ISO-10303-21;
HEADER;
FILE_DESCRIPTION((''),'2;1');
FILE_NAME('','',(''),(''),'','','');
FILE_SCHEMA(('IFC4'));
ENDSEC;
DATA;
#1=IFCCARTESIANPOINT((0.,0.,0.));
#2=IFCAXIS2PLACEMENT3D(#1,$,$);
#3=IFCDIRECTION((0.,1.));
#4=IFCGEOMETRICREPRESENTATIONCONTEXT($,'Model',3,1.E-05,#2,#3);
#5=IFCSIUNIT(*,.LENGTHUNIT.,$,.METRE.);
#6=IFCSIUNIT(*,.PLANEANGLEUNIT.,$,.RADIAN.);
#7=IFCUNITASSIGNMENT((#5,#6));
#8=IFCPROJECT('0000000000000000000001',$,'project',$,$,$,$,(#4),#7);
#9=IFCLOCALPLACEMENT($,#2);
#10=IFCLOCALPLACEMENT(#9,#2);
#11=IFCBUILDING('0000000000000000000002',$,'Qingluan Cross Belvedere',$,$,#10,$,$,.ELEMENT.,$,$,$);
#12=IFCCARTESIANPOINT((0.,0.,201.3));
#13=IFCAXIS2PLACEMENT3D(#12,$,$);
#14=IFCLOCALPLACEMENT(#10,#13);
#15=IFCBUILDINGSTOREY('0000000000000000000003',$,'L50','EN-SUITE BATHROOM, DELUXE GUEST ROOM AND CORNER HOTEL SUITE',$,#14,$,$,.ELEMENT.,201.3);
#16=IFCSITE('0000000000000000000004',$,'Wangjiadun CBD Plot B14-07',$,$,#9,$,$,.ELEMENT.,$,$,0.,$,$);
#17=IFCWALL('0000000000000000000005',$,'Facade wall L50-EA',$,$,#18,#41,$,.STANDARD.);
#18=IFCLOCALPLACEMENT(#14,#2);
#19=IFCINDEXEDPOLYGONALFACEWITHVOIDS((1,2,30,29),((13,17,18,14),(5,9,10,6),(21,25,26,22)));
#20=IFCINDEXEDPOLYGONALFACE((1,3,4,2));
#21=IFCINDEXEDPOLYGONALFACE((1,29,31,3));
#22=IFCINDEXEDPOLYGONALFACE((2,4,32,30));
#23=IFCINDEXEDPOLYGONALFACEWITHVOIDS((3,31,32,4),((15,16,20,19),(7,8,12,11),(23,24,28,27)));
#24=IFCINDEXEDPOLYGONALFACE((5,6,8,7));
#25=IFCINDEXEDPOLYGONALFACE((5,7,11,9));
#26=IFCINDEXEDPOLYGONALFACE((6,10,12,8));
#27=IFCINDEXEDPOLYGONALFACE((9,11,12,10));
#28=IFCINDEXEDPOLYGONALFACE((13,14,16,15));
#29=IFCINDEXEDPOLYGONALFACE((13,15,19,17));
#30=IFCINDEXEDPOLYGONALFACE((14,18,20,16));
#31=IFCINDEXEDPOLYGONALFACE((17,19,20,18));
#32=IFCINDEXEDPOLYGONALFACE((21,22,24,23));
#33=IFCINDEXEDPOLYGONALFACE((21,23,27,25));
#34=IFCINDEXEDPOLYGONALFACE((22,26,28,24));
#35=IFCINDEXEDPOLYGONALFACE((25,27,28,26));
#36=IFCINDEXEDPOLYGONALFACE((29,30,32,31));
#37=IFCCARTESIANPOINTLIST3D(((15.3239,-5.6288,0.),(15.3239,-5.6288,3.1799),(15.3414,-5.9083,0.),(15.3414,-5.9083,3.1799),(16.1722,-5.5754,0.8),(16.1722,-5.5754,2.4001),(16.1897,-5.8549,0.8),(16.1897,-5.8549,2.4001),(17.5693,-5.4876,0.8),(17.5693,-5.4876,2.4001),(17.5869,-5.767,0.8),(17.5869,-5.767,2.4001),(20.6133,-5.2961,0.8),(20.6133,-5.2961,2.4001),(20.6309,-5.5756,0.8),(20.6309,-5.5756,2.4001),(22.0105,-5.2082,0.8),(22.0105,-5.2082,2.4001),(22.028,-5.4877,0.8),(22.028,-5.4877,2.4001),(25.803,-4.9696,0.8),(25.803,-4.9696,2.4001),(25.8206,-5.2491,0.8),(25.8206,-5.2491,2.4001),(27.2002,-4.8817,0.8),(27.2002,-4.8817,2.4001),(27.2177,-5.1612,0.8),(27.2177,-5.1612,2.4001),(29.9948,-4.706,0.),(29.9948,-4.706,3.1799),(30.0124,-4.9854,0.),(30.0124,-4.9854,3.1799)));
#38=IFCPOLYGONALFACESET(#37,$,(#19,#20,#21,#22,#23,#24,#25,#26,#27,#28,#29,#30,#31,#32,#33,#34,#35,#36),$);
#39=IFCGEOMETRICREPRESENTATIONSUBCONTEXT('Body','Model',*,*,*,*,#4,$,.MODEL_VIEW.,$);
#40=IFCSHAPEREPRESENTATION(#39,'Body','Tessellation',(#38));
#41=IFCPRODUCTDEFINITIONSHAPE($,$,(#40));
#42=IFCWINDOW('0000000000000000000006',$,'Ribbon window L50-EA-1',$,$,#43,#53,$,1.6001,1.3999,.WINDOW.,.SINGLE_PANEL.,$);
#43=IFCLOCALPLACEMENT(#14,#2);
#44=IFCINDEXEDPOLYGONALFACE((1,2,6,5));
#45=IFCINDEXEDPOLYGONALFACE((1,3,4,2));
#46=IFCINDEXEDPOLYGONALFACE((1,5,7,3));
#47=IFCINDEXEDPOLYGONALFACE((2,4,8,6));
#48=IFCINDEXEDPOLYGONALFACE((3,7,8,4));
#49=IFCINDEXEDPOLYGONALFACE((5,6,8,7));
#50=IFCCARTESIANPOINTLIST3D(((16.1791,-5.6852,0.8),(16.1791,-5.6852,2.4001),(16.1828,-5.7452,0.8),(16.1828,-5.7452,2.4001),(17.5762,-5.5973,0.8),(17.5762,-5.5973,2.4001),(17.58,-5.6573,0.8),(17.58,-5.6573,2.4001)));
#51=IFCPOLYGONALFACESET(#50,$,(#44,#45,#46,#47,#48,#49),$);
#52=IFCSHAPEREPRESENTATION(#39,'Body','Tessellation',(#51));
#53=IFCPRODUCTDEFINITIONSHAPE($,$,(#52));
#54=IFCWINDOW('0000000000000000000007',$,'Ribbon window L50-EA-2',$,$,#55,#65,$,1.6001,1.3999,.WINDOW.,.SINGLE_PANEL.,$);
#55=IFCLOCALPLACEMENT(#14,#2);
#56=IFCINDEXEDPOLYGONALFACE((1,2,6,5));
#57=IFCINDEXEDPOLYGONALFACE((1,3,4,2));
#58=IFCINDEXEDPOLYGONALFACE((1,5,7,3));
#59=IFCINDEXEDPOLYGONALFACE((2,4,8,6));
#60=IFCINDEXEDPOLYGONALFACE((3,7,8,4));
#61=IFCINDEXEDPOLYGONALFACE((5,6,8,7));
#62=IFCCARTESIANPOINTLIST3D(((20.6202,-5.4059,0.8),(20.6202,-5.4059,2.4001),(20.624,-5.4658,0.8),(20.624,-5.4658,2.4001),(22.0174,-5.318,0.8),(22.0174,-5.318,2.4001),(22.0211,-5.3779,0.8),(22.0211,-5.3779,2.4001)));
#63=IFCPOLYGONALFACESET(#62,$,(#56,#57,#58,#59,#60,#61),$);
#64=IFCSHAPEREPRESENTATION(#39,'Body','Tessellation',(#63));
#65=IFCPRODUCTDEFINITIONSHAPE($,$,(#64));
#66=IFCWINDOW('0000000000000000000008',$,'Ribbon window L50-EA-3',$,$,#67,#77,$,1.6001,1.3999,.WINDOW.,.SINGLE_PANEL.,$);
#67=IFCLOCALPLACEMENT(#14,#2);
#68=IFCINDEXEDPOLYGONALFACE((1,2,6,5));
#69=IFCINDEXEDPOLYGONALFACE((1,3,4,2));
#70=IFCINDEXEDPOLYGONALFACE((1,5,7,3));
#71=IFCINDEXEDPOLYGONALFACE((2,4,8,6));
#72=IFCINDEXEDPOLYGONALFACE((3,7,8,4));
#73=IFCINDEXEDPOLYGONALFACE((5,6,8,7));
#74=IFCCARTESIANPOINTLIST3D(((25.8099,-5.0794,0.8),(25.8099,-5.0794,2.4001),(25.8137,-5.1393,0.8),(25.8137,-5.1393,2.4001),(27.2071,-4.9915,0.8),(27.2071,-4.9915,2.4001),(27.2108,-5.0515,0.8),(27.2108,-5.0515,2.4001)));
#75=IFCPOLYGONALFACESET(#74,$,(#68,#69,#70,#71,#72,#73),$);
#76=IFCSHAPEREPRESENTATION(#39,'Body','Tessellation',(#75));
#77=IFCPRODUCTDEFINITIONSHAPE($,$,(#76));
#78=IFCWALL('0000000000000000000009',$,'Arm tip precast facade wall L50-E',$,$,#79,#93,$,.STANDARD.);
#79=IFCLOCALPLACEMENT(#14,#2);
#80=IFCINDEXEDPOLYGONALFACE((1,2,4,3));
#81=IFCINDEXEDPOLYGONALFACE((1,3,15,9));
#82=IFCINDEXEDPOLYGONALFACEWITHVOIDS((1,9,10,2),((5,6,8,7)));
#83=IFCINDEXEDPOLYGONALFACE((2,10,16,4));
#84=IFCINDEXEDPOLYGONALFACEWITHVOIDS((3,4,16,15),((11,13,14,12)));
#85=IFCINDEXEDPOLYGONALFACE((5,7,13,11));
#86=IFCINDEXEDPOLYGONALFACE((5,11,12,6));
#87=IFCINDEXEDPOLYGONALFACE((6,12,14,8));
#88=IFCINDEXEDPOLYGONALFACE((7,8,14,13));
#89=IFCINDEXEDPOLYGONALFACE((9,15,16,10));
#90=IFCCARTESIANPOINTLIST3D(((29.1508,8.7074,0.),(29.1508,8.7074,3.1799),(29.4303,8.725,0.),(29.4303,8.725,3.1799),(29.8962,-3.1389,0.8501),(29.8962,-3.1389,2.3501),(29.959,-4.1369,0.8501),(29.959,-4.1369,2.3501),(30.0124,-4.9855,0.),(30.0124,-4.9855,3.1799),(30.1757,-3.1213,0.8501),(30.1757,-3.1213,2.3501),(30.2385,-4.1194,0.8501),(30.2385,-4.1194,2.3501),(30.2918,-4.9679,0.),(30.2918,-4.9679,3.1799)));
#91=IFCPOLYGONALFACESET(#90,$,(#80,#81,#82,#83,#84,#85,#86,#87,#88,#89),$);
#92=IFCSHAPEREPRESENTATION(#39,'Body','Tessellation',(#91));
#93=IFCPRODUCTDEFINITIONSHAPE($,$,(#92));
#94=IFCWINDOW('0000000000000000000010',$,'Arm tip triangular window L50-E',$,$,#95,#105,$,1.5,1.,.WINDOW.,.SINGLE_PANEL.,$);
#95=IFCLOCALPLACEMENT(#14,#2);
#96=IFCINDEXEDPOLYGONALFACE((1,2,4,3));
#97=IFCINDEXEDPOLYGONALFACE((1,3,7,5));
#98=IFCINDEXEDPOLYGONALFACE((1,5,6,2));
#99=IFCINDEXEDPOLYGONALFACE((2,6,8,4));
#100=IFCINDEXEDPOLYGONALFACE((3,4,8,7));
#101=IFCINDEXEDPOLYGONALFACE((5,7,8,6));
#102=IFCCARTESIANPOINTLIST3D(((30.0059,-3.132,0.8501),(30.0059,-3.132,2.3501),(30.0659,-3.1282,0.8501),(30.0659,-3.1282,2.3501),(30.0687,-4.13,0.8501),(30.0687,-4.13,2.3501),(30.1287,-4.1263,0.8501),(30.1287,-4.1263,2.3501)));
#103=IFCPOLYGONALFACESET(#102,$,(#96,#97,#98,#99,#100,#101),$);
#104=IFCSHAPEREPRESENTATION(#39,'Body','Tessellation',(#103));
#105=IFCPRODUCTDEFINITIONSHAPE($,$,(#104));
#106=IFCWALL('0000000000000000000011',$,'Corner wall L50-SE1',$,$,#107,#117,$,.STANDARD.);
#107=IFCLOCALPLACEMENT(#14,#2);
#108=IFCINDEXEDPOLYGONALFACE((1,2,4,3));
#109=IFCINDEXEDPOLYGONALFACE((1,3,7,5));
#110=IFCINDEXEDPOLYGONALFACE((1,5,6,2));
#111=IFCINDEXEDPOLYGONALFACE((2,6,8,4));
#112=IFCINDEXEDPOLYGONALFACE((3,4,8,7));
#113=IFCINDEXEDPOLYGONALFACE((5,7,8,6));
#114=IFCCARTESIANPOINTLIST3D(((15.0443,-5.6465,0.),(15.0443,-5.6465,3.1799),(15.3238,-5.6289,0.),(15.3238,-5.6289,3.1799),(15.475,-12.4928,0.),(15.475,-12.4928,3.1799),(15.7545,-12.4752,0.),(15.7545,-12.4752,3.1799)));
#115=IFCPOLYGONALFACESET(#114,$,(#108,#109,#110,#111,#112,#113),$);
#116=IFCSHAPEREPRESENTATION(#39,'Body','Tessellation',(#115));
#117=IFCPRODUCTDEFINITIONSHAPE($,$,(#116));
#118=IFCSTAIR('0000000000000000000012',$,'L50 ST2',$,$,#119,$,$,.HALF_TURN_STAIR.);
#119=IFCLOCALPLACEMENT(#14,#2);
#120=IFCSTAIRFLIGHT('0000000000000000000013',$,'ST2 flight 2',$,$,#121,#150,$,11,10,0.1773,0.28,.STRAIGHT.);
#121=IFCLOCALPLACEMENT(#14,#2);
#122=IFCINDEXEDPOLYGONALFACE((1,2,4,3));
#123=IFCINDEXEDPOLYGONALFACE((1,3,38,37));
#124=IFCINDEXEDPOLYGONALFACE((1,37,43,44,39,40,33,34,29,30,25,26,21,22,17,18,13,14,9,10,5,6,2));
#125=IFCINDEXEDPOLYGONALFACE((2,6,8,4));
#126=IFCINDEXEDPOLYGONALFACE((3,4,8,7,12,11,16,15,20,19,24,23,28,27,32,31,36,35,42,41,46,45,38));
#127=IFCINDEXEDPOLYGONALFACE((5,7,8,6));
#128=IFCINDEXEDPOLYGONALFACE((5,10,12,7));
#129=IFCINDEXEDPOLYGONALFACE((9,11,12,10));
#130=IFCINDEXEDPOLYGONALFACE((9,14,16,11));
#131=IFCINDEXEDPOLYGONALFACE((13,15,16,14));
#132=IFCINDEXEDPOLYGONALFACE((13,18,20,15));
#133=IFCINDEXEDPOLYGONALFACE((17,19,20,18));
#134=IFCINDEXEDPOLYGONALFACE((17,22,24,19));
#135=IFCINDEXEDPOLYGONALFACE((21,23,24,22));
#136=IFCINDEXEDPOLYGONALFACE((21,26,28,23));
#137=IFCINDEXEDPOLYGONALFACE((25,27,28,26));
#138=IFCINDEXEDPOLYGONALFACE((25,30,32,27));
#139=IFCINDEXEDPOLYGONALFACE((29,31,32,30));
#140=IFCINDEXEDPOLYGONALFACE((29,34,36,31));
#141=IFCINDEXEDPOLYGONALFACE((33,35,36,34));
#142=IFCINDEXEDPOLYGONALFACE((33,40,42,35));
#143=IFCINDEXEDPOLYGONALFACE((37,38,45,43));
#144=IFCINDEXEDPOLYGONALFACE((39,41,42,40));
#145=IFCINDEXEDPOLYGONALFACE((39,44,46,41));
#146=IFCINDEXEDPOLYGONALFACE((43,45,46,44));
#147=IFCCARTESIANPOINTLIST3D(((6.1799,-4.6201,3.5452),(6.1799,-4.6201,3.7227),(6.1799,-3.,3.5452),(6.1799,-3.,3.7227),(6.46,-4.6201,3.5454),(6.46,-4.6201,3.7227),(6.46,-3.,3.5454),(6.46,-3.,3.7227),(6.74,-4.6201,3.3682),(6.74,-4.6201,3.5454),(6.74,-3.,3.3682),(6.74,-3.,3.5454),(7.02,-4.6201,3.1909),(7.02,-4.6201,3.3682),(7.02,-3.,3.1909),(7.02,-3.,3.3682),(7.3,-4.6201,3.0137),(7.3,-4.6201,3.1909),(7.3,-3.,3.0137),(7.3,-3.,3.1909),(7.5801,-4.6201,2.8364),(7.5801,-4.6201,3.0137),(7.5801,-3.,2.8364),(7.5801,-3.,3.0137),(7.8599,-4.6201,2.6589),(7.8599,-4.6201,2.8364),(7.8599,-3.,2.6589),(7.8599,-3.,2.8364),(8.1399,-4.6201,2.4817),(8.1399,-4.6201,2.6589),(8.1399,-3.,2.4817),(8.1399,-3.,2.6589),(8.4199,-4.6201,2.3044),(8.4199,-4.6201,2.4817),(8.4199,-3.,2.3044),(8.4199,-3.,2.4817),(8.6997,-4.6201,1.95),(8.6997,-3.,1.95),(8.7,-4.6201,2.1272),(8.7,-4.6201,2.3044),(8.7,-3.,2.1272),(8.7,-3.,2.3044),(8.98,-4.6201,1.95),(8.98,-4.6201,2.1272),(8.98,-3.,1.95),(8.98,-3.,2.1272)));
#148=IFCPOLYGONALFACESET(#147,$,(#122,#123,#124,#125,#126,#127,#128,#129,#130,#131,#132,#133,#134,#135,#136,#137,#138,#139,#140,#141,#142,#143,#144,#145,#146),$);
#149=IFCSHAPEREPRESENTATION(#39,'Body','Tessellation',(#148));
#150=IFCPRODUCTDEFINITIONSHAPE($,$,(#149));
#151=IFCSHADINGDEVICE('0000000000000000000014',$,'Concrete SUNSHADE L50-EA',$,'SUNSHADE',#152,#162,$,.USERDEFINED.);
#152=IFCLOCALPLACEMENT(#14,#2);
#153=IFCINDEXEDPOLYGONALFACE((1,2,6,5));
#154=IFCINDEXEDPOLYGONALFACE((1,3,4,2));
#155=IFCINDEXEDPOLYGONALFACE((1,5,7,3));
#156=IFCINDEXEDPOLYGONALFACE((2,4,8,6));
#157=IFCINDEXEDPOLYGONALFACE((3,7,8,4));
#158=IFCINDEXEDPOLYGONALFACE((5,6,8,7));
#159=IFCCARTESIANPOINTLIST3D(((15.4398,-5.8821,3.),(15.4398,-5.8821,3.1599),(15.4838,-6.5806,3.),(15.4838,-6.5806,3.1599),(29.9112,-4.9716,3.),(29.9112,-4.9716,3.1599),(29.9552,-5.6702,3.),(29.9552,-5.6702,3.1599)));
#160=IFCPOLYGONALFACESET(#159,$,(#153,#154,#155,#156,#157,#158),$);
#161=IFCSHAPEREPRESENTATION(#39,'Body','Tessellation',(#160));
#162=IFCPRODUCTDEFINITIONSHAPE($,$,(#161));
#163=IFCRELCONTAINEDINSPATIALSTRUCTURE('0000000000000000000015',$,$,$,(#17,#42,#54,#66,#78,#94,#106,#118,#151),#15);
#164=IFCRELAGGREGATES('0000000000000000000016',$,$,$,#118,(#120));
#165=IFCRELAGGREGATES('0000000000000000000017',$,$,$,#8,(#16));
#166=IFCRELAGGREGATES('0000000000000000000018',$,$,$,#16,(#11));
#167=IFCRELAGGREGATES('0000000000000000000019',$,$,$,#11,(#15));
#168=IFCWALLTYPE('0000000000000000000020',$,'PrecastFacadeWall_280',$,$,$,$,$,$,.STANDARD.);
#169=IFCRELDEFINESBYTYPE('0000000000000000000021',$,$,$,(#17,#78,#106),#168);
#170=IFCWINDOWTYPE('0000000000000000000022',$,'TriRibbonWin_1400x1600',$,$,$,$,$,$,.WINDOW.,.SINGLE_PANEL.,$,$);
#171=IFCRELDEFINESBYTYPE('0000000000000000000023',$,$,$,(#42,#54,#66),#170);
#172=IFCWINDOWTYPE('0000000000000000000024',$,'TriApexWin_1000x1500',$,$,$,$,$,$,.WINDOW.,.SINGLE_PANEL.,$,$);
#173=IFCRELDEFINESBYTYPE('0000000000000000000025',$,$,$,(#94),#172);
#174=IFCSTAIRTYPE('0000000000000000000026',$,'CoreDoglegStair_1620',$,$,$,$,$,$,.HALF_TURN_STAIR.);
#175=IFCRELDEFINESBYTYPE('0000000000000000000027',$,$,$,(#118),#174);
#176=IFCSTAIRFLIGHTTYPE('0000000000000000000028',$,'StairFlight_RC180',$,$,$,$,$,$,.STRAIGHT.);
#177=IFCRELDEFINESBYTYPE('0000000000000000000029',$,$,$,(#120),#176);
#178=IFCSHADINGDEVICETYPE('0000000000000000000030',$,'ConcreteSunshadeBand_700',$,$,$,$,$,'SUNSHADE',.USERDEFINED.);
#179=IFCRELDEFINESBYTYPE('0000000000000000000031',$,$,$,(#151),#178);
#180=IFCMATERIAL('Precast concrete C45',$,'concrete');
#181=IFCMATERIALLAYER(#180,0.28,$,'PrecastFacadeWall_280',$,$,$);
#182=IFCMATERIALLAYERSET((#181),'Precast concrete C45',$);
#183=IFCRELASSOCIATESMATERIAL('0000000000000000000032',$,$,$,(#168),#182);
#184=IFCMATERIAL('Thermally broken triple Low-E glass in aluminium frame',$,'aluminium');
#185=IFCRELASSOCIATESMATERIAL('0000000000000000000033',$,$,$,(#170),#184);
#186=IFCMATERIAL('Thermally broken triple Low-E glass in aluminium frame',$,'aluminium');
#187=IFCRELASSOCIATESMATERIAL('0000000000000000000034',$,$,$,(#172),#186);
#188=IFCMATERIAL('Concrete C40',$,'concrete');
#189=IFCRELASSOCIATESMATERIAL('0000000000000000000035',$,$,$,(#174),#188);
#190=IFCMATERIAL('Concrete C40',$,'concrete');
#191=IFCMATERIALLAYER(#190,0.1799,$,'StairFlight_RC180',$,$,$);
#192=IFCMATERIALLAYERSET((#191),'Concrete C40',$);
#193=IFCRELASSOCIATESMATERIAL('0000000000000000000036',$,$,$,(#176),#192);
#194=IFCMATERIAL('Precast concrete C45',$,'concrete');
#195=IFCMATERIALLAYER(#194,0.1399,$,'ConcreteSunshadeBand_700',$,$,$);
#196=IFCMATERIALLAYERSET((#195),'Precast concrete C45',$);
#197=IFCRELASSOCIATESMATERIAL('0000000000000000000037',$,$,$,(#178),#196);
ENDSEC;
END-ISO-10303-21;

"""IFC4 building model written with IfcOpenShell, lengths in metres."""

from ifc_helpers import new_model, si_unit, direction, frame, frame_2d, origin, origin_2d, place, context, subcontext, project, spatial, polyline, rectangle, outline, extrude, material, layer, layer_set, type_object, element, fill, aggregate, save


model = new_model("IFC4")

# Units and contexts
model_context = context("Model", 3, precision=1e-05, world=origin(), true_north=direction((0.0, 1.0)))
body_context = subcontext(model_context, "Body", "Model", "MODEL_VIEW")
ifc_project = project(units=[si_unit("LENGTHUNIT", "METRE"), si_unit("PLANEANGLEUNIT", "RADIAN")], contexts=[model_context])

# Site, building, storey
site_placement = place(None, origin())
site = spatial("IfcSite", under=ifc_project, at=site_placement, Name="Wangjiadun CBD Plot B14-07", CompositionType="ELEMENT", RefElevation=0.0)
building_placement = place(site_placement, origin())
building = spatial("IfcBuilding", under=site, at=building_placement, Name="Qingluan Cross Belvedere", CompositionType="ELEMENT")
storey_placement = place(building_placement, frame((0.0, 0.0, 201.3)))
storey = spatial("IfcBuildingStorey", under=building, at=storey_placement, Name="L50", Description="EN-SUITE BATHROOM, DELUXE GUEST ROOM AND CORNER HOTEL SUITE", CompositionType="ELEMENT", Elevation=201.3)

# Wall, openings, windows
ifc_material_1 = material(Name="Precast concrete C45", Category="concrete")
ifc_layer_1 = layer(ifc_material_1, 0.28, Name="PrecastFacadeWall_280")
ifc_layer_set_1 = layer_set([ifc_layer_1], Name="Precast concrete C45")
wall_type_1 = type_object("IfcWallType", Name="PrecastFacadeWall_280", PredefinedType="STANDARD", material=ifc_layer_set_1)
wall_1_placement = place(storey_placement, frame((15.3325, -5.7686, 0.0), z_axis=(0.0, 0.0, 1.0), x_axis=(0.998027, 0.062779, 0.0)))
wall_1 = element("IfcWall", 1, at=wall_1_placement, inside=storey, type_object=wall_type_1, Name="Facade wall L50-EA", PredefinedType="STANDARD", context=body_context, shape_type="SweptSolid", body=[
    extrude(rectangle(XDim=14.7, YDim=0.28, at=frame_2d((7.3501, 0.0))), origin(), (0.0, 0.0, 1.0), 3.1799),
])
opening_1_placement = place(wall_1_placement, frame((0.8501, 0.0, 0.8)))
opening_1 = element("IfcOpeningElement", 2, at=opening_1_placement, cuts=wall_1, PredefinedType="OPENING", context=body_context, shape_type="SweptSolid", body=[
    extrude(rectangle(XDim=1.3999, YDim=1.6001, at=frame_2d((0.7, 0.8))), frame((0.0, 0.1499, 0.0), z_axis=(0.0, -1.0, 0.0), x_axis=(1.0, 0.0, 0.0)), (0.0, 0.0, 1.0), 0.3),
])
opening_2_placement = place(wall_1_placement, frame((5.3, 0.0, 0.8)))
opening_2 = element("IfcOpeningElement", 3, at=opening_2_placement, cuts=wall_1, PredefinedType="OPENING", context=body_context, shape_type="SweptSolid", body=[
    extrude(rectangle(XDim=1.3999, YDim=1.6001, at=frame_2d((0.7, 0.8))), frame((0.0, 0.1499, 0.0), z_axis=(0.0, -1.0, 0.0), x_axis=(1.0, 0.0, 0.0)), (0.0, 0.0, 1.0), 0.3),
])
opening_3_placement = place(wall_1_placement, frame((10.5, 0.0, 0.8)))
opening_3 = element("IfcOpeningElement", 4, at=opening_3_placement, cuts=wall_1, PredefinedType="OPENING", context=body_context, shape_type="SweptSolid", body=[
    extrude(rectangle(XDim=1.3999, YDim=1.6001, at=frame_2d((0.7, 0.8))), frame((0.0, 0.1499, 0.0), z_axis=(0.0, -1.0, 0.0), x_axis=(1.0, 0.0, 0.0)), (0.0, 0.0, 1.0), 0.3),
])
ifc_material_2 = material(Name="Thermally broken triple Low-E glass in aluminium frame", Category="aluminium")
window_type_1 = type_object("IfcWindowType", Name="TriRibbonWin_1400x1600", PartitioningType="SINGLE_PANEL", PredefinedType="WINDOW", material=ifc_material_2)
window_1_placement = place(opening_1_placement, origin())
window_1 = element("IfcWindow", 5, at=window_1_placement, inside=storey, type_object=window_type_1, Name="Ribbon window L50-EA-1", OverallHeight=1.6001, OverallWidth=1.3999, PartitioningType="SINGLE_PANEL", PredefinedType="WINDOW", context=body_context, shape_type="SweptSolid", body=[
    extrude(rectangle(XDim=1.3999, YDim=1.6001, at=frame_2d((0.7, 0.8))), frame((0.0, 0.03, 0.0), z_axis=(0.0, -1.0, 0.0), x_axis=(1.0, 0.0, 0.0)), (0.0, 0.0, 1.0), 0.0601),
])
fill(opening_1, window_1)
window_2_placement = place(opening_2_placement, origin())
window_2 = element("IfcWindow", 6, at=window_2_placement, inside=storey, type_object=window_type_1, Name="Ribbon window L50-EA-2", OverallHeight=1.6001, OverallWidth=1.3999, PartitioningType="SINGLE_PANEL", PredefinedType="WINDOW", context=body_context, shape_type="SweptSolid", body=[
    extrude(rectangle(XDim=1.3999, YDim=1.6001, at=frame_2d((0.7, 0.8))), frame((0.0, 0.03, 0.0), z_axis=(0.0, -1.0, 0.0), x_axis=(1.0, 0.0, 0.0)), (0.0, 0.0, 1.0), 0.0601),
])
fill(opening_2, window_2)
window_3_placement = place(opening_3_placement, origin())
window_3 = element("IfcWindow", 7, at=window_3_placement, inside=storey, type_object=window_type_1, Name="Ribbon window L50-EA-3", OverallHeight=1.6001, OverallWidth=1.3999, PartitioningType="SINGLE_PANEL", PredefinedType="WINDOW", context=body_context, shape_type="SweptSolid", body=[
    extrude(rectangle(XDim=1.3999, YDim=1.6001, at=frame_2d((0.7, 0.8))), frame((0.0, 0.03, 0.0), z_axis=(0.0, -1.0, 0.0), x_axis=(1.0, 0.0, 0.0)), (0.0, 0.0, 1.0), 0.0601),
])
fill(opening_3, window_3)

# Wall, opening, window
wall_2_placement = place(storey_placement, frame((30.1521, -4.9766, 0.0), z_axis=(0.0, 0.0, 1.0), x_axis=(-0.062797, 0.998026, 0.0)))
wall_2 = element("IfcWall", 8, at=wall_2_placement, inside=storey, type_object=wall_type_1, Name="Arm tip precast facade wall L50-E", PredefinedType="STANDARD", context=body_context, shape_type="SweptSolid", body=[
    extrude(rectangle(XDim=13.72, YDim=0.28, at=frame_2d((6.8599, 0.0))), origin(), (0.0, 0.0, 1.0), 3.1799),
])
opening_4_placement = place(wall_2_placement, frame((0.8501, 0.0, 0.8501)))
opening_4 = element("IfcOpeningElement", 9, at=opening_4_placement, cuts=wall_2, PredefinedType="OPENING", context=body_context, shape_type="SweptSolid", body=[
    extrude(rectangle(XDim=1.0, YDim=1.5, at=frame_2d((0.5, 0.75))), frame((0.0, 0.1499, 0.0), z_axis=(0.0, -1.0, 0.0), x_axis=(1.0, 0.0, 0.0)), (0.0, 0.0, 1.0), 0.3),
])
ifc_material_3 = material(Name="Thermally broken triple Low-E glass in aluminium frame", Category="aluminium")
window_type_2 = type_object("IfcWindowType", Name="TriApexWin_1000x1500", PartitioningType="SINGLE_PANEL", PredefinedType="WINDOW", material=ifc_material_3)
window_4_placement = place(opening_4_placement, origin())
window_4 = element("IfcWindow", 10, at=window_4_placement, inside=storey, type_object=window_type_2, Name="Arm tip triangular window L50-E", OverallHeight=1.5, OverallWidth=1.0, PartitioningType="SINGLE_PANEL", PredefinedType="WINDOW", context=body_context, shape_type="SweptSolid", body=[
    extrude(rectangle(XDim=1.0, YDim=1.5, at=frame_2d((0.5, 0.75))), frame((0.0, 0.03, 0.0), z_axis=(0.0, -1.0, 0.0), x_axis=(1.0, 0.0, 0.0)), (0.0, 0.0, 1.0), 0.0601),
])
fill(opening_4, window_4)

# Wall
wall_3_placement = place(storey_placement, frame((15.1841, -5.6377, 0.0), z_axis=(0.0, 0.0, 1.0), x_axis=(0.062779, -0.998027, 0.0)))
element("IfcWall", 11, at=wall_3_placement, inside=storey, type_object=wall_type_1, Name="Corner wall L50-SE1", PredefinedType="STANDARD", context=body_context, shape_type="SweptSolid", body=[
    extrude(rectangle(XDim=6.8599, YDim=0.28, at=frame_2d((3.4299, 0.0))), origin(), (0.0, 0.0, 1.0), 3.1799),
])

# Stair, stair flight
ifc_material_4 = material(Name="Concrete C40", Category="concrete")
stair_type = type_object("IfcStairType", Name="CoreDoglegStair_1620", PredefinedType="HALF_TURN_STAIR", material=ifc_material_4)
stair_placement = place(storey_placement, origin())
stair = element("IfcStair", 12, at=stair_placement, inside=storey, type_object=stair_type, Name="L50 ST2", PredefinedType="HALF_TURN_STAIR")
ifc_material_5 = material(Name="Concrete C40", Category="concrete")
ifc_layer_2 = layer(ifc_material_5, 0.1799, Name="StairFlight_RC180")
ifc_layer_set_2 = layer_set([ifc_layer_2], Name="Concrete C40")
stair_flight_type = type_object("IfcStairFlightType", Name="StairFlight_RC180", PredefinedType="STRAIGHT", material=ifc_layer_set_2)
stair_flight_placement = place(storey_placement, frame((8.98, -3.8101, 1.95), z_axis=(0.0, 0.0, 1.0), x_axis=(-1.0, 0.0, 0.0)))
stair_flight = element("IfcStairFlight", 13, at=stair_flight_placement, type_object=stair_flight_type, Name="ST2 flight 2", NumberOfRisers=11, NumberOfTreads=10, PredefinedType="STRAIGHT", RiserHeight=0.1773, TreadLength=0.28, context=body_context, shape_type="SweptSolid", body=[
    extrude(outline(polyline([(0.0, 0.0), (0.0, 0.1772), (0.28, 0.1772), (0.28, 0.3545), (0.5601, 0.3545), (0.5601, 0.5317), (0.8401, 0.5317), (0.8401, 0.709), (1.1201, 0.709), (1.1201, 0.8865), (1.3999, 0.8865), (1.3999, 1.0637), (1.6799, 1.0637), (1.6799, 1.241), (1.96, 1.241), (1.96, 1.4182), (2.24, 1.4182), (2.24, 1.5955), (2.52, 1.5955), (2.52, 1.7727), (2.8, 1.7727), (2.8, 1.95), (2.8, 1.5952), (0.2803, 0.0), (0.0, 0.0)])), frame((0.0, 0.8101, 0.0), z_axis=(0.0, -1.0, 0.0), x_axis=(1.0, 0.0, 0.0)), (0.0, 0.0, 1.0), 1.6201),
])
aggregate(stair, [stair_flight])

# Shading device
ifc_material_6 = material(Name="Precast concrete C45", Category="concrete")
ifc_layer_3 = layer(ifc_material_6, 0.1399, Name="ConcreteSunshadeBand_700")
ifc_layer_set_3 = layer_set([ifc_layer_3], Name="Precast concrete C45")
shading_device_type = type_object("IfcShadingDeviceType", Name="ConcreteSunshadeBand_700", ElementType="SUNSHADE", PredefinedType="USERDEFINED", material=ifc_layer_set_3)
shading_device_placement = place(storey_placement, frame((22.6975, -5.7761, 3.0), z_axis=(0.0, 0.0, 1.0), x_axis=(0.998027, 0.062789, 0.0)))
element("IfcShadingDevice", 14, at=shading_device_placement, inside=storey, type_object=shading_device_type, Name="Concrete SUNSHADE L50-EA", ObjectType="SUNSHADE", PredefinedType="USERDEFINED", context=body_context, shape_type="SweptSolid", body=[
    extrude(rectangle(XDim=14.5, YDim=0.7, at=origin_2d()), origin(), (0.0, 0.0, 1.0), 0.1599),
])

save(model, "model.ifc")
